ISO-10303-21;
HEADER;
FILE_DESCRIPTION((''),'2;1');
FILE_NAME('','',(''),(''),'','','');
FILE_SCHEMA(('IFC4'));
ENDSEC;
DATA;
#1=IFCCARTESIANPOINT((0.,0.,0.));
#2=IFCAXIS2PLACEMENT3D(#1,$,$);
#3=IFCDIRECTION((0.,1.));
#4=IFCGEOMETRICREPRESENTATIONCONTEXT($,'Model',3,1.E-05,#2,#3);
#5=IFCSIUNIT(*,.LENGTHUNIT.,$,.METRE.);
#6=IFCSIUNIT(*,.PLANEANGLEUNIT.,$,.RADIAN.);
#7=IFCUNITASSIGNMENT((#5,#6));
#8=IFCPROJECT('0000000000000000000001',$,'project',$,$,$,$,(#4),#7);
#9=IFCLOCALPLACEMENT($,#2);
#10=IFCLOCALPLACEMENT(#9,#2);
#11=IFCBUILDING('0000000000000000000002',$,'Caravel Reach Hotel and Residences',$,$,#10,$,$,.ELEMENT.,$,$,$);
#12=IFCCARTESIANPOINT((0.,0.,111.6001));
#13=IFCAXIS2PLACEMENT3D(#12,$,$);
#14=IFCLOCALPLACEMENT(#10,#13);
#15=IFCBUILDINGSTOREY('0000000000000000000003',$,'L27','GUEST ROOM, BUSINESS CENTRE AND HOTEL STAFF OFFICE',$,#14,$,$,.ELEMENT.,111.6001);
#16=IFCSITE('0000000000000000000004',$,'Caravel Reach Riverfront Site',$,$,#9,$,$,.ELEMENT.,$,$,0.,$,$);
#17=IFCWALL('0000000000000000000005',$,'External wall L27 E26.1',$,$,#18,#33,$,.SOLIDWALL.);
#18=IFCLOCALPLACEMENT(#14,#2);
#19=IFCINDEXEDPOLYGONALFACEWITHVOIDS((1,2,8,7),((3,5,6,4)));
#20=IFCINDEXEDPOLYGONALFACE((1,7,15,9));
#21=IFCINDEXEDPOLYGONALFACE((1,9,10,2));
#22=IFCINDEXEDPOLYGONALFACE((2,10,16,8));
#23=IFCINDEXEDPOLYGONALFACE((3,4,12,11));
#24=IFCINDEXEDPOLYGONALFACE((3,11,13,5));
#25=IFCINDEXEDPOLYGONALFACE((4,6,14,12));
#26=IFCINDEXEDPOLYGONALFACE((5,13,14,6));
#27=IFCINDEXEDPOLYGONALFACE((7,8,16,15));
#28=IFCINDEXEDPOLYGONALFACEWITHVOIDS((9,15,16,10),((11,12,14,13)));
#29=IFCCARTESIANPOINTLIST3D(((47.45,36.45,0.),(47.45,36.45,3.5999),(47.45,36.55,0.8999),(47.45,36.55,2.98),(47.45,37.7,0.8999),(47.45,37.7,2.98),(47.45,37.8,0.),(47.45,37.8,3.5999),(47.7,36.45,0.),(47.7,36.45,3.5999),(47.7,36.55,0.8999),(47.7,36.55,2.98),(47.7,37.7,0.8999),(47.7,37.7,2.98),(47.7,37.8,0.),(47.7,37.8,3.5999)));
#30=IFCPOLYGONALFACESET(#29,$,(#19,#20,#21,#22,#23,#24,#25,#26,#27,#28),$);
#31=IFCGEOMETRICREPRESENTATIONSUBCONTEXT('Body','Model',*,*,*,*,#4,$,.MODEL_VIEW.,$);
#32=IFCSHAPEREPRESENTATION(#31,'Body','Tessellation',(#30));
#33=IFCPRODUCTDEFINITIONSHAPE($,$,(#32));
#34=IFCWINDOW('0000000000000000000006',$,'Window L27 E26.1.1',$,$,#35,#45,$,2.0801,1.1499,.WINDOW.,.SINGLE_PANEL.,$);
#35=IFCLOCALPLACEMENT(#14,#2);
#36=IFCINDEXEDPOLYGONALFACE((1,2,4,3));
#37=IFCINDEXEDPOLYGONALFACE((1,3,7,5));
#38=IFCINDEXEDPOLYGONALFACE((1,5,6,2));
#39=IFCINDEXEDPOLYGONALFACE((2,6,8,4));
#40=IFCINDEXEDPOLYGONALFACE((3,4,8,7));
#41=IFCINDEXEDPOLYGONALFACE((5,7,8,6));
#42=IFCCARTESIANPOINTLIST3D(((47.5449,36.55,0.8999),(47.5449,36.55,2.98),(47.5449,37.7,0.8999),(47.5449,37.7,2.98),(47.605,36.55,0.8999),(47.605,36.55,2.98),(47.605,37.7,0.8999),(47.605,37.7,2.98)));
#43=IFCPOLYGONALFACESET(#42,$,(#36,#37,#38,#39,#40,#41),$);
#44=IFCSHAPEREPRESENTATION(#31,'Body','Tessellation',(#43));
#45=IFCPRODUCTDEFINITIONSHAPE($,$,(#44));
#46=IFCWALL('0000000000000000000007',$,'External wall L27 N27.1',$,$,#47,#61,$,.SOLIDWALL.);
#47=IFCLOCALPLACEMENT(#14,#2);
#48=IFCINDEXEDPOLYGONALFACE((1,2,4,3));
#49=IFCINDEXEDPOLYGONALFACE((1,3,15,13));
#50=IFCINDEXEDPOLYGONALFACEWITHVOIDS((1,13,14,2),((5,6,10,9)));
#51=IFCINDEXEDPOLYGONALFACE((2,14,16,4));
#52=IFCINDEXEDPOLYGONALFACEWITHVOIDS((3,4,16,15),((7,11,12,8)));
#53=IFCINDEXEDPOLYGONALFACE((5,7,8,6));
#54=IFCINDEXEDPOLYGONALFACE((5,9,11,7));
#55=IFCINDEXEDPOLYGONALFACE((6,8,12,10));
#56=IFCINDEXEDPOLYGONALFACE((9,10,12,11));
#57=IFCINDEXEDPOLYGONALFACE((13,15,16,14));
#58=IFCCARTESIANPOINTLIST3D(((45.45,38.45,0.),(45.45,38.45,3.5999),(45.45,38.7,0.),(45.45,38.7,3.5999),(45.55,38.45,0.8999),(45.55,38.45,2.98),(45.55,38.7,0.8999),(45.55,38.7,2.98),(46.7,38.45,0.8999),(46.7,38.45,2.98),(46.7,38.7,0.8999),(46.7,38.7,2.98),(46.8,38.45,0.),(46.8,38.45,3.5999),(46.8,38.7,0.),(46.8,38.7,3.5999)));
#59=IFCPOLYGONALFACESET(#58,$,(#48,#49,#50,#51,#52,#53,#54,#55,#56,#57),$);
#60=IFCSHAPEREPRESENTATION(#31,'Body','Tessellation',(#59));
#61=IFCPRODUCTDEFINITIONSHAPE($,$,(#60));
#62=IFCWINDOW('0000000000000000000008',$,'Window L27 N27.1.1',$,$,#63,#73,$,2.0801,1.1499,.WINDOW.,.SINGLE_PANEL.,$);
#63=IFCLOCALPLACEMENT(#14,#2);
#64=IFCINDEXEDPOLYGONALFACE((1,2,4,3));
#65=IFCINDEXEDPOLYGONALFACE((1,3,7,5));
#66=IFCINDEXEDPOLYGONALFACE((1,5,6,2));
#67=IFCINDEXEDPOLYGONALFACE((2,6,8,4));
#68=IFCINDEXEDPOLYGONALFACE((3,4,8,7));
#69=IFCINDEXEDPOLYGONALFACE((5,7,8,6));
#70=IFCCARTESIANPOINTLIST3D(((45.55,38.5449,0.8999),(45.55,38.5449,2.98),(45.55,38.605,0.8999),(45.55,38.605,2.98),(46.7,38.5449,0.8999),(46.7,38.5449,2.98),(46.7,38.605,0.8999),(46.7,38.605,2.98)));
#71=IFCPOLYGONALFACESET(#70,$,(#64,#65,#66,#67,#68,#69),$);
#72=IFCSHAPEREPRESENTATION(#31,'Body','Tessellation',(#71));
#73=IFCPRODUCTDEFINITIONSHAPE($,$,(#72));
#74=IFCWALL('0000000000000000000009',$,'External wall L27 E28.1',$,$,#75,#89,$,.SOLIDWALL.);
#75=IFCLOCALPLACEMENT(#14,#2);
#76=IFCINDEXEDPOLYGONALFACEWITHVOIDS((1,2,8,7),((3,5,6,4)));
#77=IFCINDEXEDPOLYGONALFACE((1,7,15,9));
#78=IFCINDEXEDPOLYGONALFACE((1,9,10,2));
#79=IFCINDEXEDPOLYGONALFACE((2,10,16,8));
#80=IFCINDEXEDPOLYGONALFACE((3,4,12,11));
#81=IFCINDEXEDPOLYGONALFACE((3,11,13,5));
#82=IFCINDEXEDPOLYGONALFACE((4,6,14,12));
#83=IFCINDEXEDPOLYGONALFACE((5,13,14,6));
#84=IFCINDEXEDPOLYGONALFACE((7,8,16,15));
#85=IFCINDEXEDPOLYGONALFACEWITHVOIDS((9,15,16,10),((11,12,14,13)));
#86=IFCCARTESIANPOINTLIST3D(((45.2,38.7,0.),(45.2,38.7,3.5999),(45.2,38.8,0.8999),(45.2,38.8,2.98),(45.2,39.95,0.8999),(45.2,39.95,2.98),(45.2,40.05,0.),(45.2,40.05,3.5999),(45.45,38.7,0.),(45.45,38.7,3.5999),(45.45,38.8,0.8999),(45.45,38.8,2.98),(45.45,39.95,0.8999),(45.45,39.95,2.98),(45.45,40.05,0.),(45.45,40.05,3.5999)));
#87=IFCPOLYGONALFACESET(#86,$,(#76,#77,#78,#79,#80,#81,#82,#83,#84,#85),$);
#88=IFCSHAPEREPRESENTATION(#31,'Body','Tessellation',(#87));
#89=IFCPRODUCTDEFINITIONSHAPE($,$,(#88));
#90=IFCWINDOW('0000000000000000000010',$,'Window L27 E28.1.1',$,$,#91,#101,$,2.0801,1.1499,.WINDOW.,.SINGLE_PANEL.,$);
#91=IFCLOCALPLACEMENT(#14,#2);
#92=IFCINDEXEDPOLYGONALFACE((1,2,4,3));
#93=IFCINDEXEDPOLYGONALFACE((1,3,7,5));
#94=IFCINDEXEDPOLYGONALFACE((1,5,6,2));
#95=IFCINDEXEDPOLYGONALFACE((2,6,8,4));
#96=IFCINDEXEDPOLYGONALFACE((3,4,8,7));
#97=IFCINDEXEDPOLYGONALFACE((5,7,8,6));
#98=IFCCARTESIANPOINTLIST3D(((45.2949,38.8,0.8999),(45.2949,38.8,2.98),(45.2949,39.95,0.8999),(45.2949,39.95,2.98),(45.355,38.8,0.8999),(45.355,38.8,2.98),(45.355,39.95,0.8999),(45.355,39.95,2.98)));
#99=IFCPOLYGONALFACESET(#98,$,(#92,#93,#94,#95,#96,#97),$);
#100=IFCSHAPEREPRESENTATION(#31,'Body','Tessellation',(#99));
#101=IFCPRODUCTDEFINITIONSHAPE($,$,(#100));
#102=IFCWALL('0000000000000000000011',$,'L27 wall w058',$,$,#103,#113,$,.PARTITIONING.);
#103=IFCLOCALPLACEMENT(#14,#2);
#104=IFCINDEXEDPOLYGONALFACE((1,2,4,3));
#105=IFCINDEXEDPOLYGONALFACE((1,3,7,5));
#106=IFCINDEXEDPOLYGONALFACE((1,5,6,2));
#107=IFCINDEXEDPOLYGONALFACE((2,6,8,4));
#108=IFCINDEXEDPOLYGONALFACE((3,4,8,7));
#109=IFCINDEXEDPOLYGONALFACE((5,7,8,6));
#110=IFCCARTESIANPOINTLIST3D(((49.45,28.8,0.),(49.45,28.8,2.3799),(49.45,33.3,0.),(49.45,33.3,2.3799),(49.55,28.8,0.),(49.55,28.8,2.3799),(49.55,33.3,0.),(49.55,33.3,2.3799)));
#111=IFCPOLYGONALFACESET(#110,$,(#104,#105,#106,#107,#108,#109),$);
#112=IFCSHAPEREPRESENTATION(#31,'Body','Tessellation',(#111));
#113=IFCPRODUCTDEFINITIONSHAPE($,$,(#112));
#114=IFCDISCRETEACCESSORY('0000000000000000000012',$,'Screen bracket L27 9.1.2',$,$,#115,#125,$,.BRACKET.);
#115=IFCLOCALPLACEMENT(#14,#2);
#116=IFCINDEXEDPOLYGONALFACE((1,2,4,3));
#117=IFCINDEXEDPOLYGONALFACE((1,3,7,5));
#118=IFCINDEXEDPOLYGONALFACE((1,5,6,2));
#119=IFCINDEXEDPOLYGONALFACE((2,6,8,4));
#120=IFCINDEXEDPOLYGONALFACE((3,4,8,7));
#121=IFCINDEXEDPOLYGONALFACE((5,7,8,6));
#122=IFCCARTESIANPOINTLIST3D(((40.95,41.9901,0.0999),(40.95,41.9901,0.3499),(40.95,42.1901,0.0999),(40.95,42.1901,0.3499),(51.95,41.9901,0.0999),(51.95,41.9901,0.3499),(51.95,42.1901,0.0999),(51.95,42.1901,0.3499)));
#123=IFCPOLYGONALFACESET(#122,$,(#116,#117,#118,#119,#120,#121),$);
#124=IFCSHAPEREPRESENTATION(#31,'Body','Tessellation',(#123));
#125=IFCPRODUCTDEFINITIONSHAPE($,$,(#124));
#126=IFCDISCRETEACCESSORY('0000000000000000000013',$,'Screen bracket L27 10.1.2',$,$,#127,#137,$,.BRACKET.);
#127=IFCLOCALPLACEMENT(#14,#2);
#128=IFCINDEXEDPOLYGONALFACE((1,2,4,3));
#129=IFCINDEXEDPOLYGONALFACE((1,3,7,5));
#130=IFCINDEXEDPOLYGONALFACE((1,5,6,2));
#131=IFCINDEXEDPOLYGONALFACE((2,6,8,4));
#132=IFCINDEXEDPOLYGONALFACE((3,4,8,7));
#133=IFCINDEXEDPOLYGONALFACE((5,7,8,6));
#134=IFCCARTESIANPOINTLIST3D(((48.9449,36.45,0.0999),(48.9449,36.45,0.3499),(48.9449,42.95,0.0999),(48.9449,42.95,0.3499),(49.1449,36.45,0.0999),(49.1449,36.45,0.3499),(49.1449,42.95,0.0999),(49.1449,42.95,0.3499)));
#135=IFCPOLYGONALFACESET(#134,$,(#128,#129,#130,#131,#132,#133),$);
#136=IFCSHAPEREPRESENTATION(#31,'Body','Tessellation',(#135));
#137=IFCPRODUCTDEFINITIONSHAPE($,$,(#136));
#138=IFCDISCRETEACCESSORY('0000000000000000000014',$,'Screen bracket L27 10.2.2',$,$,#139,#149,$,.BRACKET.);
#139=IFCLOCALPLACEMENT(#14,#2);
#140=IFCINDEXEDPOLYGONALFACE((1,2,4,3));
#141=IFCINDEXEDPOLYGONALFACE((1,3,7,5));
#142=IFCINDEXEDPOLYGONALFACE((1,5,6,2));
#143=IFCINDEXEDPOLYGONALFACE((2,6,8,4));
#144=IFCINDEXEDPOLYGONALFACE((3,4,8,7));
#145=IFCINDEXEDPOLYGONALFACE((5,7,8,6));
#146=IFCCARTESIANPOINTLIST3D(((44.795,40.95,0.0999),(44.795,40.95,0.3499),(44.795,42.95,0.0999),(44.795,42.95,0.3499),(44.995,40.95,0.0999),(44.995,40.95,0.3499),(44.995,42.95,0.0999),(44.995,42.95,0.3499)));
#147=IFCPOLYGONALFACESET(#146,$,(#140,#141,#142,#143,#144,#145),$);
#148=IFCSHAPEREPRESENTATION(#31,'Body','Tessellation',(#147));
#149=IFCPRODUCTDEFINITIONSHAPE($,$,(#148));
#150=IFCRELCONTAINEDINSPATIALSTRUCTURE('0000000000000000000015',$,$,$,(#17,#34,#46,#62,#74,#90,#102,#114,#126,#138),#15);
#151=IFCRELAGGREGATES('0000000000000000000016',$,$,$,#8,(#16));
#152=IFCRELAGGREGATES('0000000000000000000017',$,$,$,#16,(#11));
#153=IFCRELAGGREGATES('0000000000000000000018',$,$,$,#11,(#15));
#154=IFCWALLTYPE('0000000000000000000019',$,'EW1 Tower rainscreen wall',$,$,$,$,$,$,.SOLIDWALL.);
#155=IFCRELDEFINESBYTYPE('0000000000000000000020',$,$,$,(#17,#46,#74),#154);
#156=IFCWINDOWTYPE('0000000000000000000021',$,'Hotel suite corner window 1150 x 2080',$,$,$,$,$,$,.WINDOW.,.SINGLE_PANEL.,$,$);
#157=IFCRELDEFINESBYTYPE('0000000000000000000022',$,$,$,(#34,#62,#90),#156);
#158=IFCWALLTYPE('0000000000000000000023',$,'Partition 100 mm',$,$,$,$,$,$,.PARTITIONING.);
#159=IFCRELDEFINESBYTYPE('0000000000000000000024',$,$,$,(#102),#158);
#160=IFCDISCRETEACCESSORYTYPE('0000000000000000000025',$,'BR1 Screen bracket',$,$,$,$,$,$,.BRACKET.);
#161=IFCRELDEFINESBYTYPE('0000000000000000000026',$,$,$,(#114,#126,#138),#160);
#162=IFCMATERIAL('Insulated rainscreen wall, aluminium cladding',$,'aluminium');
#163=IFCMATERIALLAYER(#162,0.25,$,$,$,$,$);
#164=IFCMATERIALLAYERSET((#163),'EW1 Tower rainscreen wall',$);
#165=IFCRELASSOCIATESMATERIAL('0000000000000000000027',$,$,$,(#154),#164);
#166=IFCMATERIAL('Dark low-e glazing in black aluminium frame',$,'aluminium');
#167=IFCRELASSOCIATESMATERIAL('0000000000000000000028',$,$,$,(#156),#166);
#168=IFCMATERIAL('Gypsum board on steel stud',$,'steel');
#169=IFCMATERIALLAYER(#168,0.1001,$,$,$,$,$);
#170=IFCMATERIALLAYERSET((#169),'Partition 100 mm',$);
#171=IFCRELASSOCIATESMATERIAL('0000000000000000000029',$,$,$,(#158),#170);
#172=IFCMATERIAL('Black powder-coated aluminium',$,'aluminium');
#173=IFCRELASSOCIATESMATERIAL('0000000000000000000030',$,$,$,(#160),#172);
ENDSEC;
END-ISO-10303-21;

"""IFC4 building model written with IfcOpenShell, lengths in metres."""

from ifc_helpers import new_model, si_unit, direction, frame, frame_2d, origin, origin_2d, place, context, subcontext, project, spatial, rectangle, extrude, material, layer, layer_set, type_object, element, fill, save


model = new_model("IFC4")

# Units and contexts
model_context = context("Model", 3, precision=1e-05, world=origin(), true_north=direction((0.0, 1.0)))
body_context = subcontext(model_context, "Body", "Model", "MODEL_VIEW")
ifc_project = project(units=[si_unit("LENGTHUNIT", "METRE"), si_unit("PLANEANGLEUNIT", "RADIAN")], contexts=[model_context])

# Site, building, storey
site_placement = place(None, origin())
site = spatial("IfcSite", under=ifc_project, at=site_placement, Name="Caravel Reach Riverfront Site", CompositionType="ELEMENT", RefElevation=0.0)
building_placement = place(site_placement, origin())
building = spatial("IfcBuilding", under=site, at=building_placement, Name="Caravel Reach Hotel and Residences", CompositionType="ELEMENT")
storey_placement = place(building_placement, frame((0.0, 0.0, 111.6001)))
storey = spatial("IfcBuildingStorey", under=building, at=storey_placement, Name="L27", Description="GUEST ROOM, BUSINESS CENTRE AND HOTEL STAFF OFFICE", CompositionType="ELEMENT", Elevation=111.6001)

# Walls, openings, windows
ifc_material_1 = material(Name="Insulated rainscreen wall, aluminium cladding", Category="aluminium")
ifc_layer_1 = layer(ifc_material_1, 0.25)
ifc_layer_set_1 = layer_set([ifc_layer_1], Name="EW1 Tower rainscreen wall")
wall_type_1 = type_object("IfcWallType", Name="EW1 Tower rainscreen wall", PredefinedType="SOLIDWALL", material=ifc_layer_set_1)
ifc_material_2 = material(Name="Dark low-e glazing in black aluminium frame", Category="aluminium")
window_type = type_object("IfcWindowType", Name="Hotel suite corner window 1150 x 2080", PartitioningType="SINGLE_PANEL", PredefinedType="WINDOW", material=ifc_material_2)
wall_1_placement = place(storey_placement, frame((47.575, 36.45, 0.0), z_axis=(0.0, 0.0, 1.0), x_axis=(0.0, 1.0, 0.0)))
wall_1 = element("IfcWall", 1, at=wall_1_placement, inside=storey, type_object=wall_type_1, Name="External wall L27 E26.1", PredefinedType="SOLIDWALL", context=body_context, shape_type="SweptSolid", body=[
    extrude(rectangle(XDim=1.3501, YDim=0.25, at=frame_2d((0.675, 0.0))), origin(), (0.0, 0.0, 1.0), 3.5999),
])
opening_1_placement = place(wall_1_placement, frame((0.1001, 0.0, 0.8999)))
opening_1 = element("IfcOpeningElement", 2, at=opening_1_placement, cuts=wall_1, PredefinedType="OPENING", context=body_context, shape_type="SweptSolid", body=[
    extrude(rectangle(XDim=1.1499, YDim=2.0801, at=frame_2d((0.575, 1.04))), frame((0.0, 0.135, 0.0), z_axis=(0.0, -1.0, 0.0), x_axis=(1.0, 0.0, 0.0)), (0.0, 0.0, 1.0), 0.27),
])
window_1_placement = place(opening_1_placement, origin())
window_1 = element("IfcWindow", 3, at=window_1_placement, inside=storey, type_object=window_type, Name="Window L27 E26.1.1", OverallHeight=2.0801, OverallWidth=1.1499, PartitioningType="SINGLE_PANEL", PredefinedType="WINDOW", context=body_context, shape_type="SweptSolid", body=[
    extrude(rectangle(XDim=1.1499, YDim=2.0801, at=frame_2d((0.575, 1.04))), frame((0.0, 0.03, 0.0), z_axis=(0.0, -1.0, 0.0), x_axis=(1.0, 0.0, 0.0)), (0.0, 0.0, 1.0), 0.0601),
])
fill(opening_1, window_1)
wall_2_placement = place(storey_placement, frame((46.8, 38.575, 0.0), z_axis=(0.0, 0.0, 1.0), x_axis=(-1.0, 0.0, 0.0)))
wall_2 = element("IfcWall", 4, at=wall_2_placement, inside=storey, type_object=wall_type_1, Name="External wall L27 N27.1", PredefinedType="SOLIDWALL", context=body_context, shape_type="SweptSolid", body=[
    extrude(rectangle(XDim=1.3501, YDim=0.25, at=frame_2d((0.675, 0.0))), origin(), (0.0, 0.0, 1.0), 3.5999),
])
opening_2_placement = place(wall_2_placement, frame((0.1001, 0.0, 0.8999)))
opening_2 = element("IfcOpeningElement", 5, at=opening_2_placement, cuts=wall_2, PredefinedType="OPENING", context=body_context, shape_type="SweptSolid", body=[
    extrude(rectangle(XDim=1.1499, YDim=2.0801, at=frame_2d((0.575, 1.04))), frame((0.0, 0.135, 0.0), z_axis=(0.0, -1.0, 0.0), x_axis=(1.0, 0.0, 0.0)), (0.0, 0.0, 1.0), 0.27),
])
window_2_placement = place(opening_2_placement, origin())
window_2 = element("IfcWindow", 6, at=window_2_placement, inside=storey, type_object=window_type, Name="Window L27 N27.1.1", OverallHeight=2.0801, OverallWidth=1.1499, PartitioningType="SINGLE_PANEL", PredefinedType="WINDOW", context=body_context, shape_type="SweptSolid", body=[
    extrude(rectangle(XDim=1.1499, YDim=2.0801, at=frame_2d((0.575, 1.04))), frame((0.0, 0.03, 0.0), z_axis=(0.0, -1.0, 0.0), x_axis=(1.0, 0.0, 0.0)), (0.0, 0.0, 1.0), 0.0601),
])
fill(opening_2, window_2)
wall_3_placement = place(storey_placement, frame((45.325, 38.7, 0.0), z_axis=(0.0, 0.0, 1.0), x_axis=(0.0, 1.0, 0.0)))
wall_3 = element("IfcWall", 7, at=wall_3_placement, inside=storey, type_object=wall_type_1, Name="External wall L27 E28.1", PredefinedType="SOLIDWALL", context=body_context, shape_type="SweptSolid", body=[
    extrude(rectangle(XDim=1.3501, YDim=0.25, at=frame_2d((0.675, 0.0))), origin(), (0.0, 0.0, 1.0), 3.5999),
])
opening_3_placement = place(wall_3_placement, frame((0.1001, 0.0, 0.8999)))
opening_3 = element("IfcOpeningElement", 8, at=opening_3_placement, cuts=wall_3, PredefinedType="OPENING", context=body_context, shape_type="SweptSolid", body=[
    extrude(rectangle(XDim=1.1499, YDim=2.0801, at=frame_2d((0.575, 1.04))), frame((0.0, 0.135, 0.0), z_axis=(0.0, -1.0, 0.0), x_axis=(1.0, 0.0, 0.0)), (0.0, 0.0, 1.0), 0.27),
])
window_3_placement = place(opening_3_placement, origin())
window_3 = element("IfcWindow", 9, at=window_3_placement, inside=storey, type_object=window_type, Name="Window L27 E28.1.1", OverallHeight=2.0801, OverallWidth=1.1499, PartitioningType="SINGLE_PANEL", PredefinedType="WINDOW", context=body_context, shape_type="SweptSolid", body=[
    extrude(rectangle(XDim=1.1499, YDim=2.0801, at=frame_2d((0.575, 1.04))), frame((0.0, 0.03, 0.0), z_axis=(0.0, -1.0, 0.0), x_axis=(1.0, 0.0, 0.0)), (0.0, 0.0, 1.0), 0.0601),
])
fill(opening_3, window_3)

# Wall
ifc_material_3 = material(Name="Gypsum board on steel stud", Category="steel")
ifc_layer_2 = layer(ifc_material_3, 0.1001)
ifc_layer_set_2 = layer_set([ifc_layer_2], Name="Partition 100 mm")
wall_type_2 = type_object("IfcWallType", Name="Partition 100 mm", PredefinedType="PARTITIONING", material=ifc_layer_set_2)
wall_4_placement = place(storey_placement, frame((49.5, 28.8, 0.0), z_axis=(0.0, 0.0, 1.0), x_axis=(0.0, 1.0, 0.0)))
element("IfcWall", 10, at=wall_4_placement, inside=storey, type_object=wall_type_2, Name="L27 wall w058", PredefinedType="PARTITIONING", context=body_context, shape_type="SweptSolid", body=[
    extrude(rectangle(XDim=4.5, YDim=0.1001, at=frame_2d((2.25, 0.0))), origin(), (0.0, 0.0, 1.0), 2.3799),
])

# Discrete accessories
ifc_material_4 = material(Name="Black powder-coated aluminium", Category="aluminium")
discrete_accessory_type = type_object("IfcDiscreteAccessoryType", Name="BR1 Screen bracket", PredefinedType="BRACKET", material=ifc_material_4)
discrete_accessory_1_placement = place(storey_placement, frame((46.45, 42.0901, 0.0999), z_axis=(0.0, 0.0, 1.0), x_axis=(1.0, 0.0, 0.0)))
element("IfcDiscreteAccessory", 11, at=discrete_accessory_1_placement, inside=storey, type_object=discrete_accessory_type, Name="Screen bracket L27 9.1.2", PredefinedType="BRACKET", context=body_context, shape_type="SweptSolid", body=[
    extrude(rectangle(XDim=11.0, YDim=0.2, at=origin_2d()), origin(), (0.0, 0.0, 1.0), 0.25),
])
discrete_accessory_2_placement = place(storey_placement, frame((49.0449, 39.7, 0.0999), z_axis=(0.0, 0.0, 1.0), x_axis=(0.0, 1.0, 0.0)))
element("IfcDiscreteAccessory", 12, at=discrete_accessory_2_placement, inside=storey, type_object=discrete_accessory_type, Name="Screen bracket L27 10.1.2", PredefinedType="BRACKET", context=body_context, shape_type="SweptSolid", body=[
    extrude(rectangle(XDim=6.5, YDim=0.2, at=origin_2d()), origin(), (0.0, 0.0, 1.0), 0.25),
])
discrete_accessory_3_placement = place(storey_placement, frame((44.895, 41.95, 0.0999), z_axis=(0.0, 0.0, 1.0), x_axis=(0.0, 1.0, 0.0)))
element("IfcDiscreteAccessory", 13, at=discrete_accessory_3_placement, inside=storey, type_object=discrete_accessory_type, Name="Screen bracket L27 10.2.2", PredefinedType="BRACKET", context=body_context, shape_type="SweptSolid", body=[
    extrude(rectangle(XDim=2.0, YDim=0.2, at=origin_2d()), origin(), (0.0, 0.0, 1.0), 0.25),
])

save(model, "model.ifc")
